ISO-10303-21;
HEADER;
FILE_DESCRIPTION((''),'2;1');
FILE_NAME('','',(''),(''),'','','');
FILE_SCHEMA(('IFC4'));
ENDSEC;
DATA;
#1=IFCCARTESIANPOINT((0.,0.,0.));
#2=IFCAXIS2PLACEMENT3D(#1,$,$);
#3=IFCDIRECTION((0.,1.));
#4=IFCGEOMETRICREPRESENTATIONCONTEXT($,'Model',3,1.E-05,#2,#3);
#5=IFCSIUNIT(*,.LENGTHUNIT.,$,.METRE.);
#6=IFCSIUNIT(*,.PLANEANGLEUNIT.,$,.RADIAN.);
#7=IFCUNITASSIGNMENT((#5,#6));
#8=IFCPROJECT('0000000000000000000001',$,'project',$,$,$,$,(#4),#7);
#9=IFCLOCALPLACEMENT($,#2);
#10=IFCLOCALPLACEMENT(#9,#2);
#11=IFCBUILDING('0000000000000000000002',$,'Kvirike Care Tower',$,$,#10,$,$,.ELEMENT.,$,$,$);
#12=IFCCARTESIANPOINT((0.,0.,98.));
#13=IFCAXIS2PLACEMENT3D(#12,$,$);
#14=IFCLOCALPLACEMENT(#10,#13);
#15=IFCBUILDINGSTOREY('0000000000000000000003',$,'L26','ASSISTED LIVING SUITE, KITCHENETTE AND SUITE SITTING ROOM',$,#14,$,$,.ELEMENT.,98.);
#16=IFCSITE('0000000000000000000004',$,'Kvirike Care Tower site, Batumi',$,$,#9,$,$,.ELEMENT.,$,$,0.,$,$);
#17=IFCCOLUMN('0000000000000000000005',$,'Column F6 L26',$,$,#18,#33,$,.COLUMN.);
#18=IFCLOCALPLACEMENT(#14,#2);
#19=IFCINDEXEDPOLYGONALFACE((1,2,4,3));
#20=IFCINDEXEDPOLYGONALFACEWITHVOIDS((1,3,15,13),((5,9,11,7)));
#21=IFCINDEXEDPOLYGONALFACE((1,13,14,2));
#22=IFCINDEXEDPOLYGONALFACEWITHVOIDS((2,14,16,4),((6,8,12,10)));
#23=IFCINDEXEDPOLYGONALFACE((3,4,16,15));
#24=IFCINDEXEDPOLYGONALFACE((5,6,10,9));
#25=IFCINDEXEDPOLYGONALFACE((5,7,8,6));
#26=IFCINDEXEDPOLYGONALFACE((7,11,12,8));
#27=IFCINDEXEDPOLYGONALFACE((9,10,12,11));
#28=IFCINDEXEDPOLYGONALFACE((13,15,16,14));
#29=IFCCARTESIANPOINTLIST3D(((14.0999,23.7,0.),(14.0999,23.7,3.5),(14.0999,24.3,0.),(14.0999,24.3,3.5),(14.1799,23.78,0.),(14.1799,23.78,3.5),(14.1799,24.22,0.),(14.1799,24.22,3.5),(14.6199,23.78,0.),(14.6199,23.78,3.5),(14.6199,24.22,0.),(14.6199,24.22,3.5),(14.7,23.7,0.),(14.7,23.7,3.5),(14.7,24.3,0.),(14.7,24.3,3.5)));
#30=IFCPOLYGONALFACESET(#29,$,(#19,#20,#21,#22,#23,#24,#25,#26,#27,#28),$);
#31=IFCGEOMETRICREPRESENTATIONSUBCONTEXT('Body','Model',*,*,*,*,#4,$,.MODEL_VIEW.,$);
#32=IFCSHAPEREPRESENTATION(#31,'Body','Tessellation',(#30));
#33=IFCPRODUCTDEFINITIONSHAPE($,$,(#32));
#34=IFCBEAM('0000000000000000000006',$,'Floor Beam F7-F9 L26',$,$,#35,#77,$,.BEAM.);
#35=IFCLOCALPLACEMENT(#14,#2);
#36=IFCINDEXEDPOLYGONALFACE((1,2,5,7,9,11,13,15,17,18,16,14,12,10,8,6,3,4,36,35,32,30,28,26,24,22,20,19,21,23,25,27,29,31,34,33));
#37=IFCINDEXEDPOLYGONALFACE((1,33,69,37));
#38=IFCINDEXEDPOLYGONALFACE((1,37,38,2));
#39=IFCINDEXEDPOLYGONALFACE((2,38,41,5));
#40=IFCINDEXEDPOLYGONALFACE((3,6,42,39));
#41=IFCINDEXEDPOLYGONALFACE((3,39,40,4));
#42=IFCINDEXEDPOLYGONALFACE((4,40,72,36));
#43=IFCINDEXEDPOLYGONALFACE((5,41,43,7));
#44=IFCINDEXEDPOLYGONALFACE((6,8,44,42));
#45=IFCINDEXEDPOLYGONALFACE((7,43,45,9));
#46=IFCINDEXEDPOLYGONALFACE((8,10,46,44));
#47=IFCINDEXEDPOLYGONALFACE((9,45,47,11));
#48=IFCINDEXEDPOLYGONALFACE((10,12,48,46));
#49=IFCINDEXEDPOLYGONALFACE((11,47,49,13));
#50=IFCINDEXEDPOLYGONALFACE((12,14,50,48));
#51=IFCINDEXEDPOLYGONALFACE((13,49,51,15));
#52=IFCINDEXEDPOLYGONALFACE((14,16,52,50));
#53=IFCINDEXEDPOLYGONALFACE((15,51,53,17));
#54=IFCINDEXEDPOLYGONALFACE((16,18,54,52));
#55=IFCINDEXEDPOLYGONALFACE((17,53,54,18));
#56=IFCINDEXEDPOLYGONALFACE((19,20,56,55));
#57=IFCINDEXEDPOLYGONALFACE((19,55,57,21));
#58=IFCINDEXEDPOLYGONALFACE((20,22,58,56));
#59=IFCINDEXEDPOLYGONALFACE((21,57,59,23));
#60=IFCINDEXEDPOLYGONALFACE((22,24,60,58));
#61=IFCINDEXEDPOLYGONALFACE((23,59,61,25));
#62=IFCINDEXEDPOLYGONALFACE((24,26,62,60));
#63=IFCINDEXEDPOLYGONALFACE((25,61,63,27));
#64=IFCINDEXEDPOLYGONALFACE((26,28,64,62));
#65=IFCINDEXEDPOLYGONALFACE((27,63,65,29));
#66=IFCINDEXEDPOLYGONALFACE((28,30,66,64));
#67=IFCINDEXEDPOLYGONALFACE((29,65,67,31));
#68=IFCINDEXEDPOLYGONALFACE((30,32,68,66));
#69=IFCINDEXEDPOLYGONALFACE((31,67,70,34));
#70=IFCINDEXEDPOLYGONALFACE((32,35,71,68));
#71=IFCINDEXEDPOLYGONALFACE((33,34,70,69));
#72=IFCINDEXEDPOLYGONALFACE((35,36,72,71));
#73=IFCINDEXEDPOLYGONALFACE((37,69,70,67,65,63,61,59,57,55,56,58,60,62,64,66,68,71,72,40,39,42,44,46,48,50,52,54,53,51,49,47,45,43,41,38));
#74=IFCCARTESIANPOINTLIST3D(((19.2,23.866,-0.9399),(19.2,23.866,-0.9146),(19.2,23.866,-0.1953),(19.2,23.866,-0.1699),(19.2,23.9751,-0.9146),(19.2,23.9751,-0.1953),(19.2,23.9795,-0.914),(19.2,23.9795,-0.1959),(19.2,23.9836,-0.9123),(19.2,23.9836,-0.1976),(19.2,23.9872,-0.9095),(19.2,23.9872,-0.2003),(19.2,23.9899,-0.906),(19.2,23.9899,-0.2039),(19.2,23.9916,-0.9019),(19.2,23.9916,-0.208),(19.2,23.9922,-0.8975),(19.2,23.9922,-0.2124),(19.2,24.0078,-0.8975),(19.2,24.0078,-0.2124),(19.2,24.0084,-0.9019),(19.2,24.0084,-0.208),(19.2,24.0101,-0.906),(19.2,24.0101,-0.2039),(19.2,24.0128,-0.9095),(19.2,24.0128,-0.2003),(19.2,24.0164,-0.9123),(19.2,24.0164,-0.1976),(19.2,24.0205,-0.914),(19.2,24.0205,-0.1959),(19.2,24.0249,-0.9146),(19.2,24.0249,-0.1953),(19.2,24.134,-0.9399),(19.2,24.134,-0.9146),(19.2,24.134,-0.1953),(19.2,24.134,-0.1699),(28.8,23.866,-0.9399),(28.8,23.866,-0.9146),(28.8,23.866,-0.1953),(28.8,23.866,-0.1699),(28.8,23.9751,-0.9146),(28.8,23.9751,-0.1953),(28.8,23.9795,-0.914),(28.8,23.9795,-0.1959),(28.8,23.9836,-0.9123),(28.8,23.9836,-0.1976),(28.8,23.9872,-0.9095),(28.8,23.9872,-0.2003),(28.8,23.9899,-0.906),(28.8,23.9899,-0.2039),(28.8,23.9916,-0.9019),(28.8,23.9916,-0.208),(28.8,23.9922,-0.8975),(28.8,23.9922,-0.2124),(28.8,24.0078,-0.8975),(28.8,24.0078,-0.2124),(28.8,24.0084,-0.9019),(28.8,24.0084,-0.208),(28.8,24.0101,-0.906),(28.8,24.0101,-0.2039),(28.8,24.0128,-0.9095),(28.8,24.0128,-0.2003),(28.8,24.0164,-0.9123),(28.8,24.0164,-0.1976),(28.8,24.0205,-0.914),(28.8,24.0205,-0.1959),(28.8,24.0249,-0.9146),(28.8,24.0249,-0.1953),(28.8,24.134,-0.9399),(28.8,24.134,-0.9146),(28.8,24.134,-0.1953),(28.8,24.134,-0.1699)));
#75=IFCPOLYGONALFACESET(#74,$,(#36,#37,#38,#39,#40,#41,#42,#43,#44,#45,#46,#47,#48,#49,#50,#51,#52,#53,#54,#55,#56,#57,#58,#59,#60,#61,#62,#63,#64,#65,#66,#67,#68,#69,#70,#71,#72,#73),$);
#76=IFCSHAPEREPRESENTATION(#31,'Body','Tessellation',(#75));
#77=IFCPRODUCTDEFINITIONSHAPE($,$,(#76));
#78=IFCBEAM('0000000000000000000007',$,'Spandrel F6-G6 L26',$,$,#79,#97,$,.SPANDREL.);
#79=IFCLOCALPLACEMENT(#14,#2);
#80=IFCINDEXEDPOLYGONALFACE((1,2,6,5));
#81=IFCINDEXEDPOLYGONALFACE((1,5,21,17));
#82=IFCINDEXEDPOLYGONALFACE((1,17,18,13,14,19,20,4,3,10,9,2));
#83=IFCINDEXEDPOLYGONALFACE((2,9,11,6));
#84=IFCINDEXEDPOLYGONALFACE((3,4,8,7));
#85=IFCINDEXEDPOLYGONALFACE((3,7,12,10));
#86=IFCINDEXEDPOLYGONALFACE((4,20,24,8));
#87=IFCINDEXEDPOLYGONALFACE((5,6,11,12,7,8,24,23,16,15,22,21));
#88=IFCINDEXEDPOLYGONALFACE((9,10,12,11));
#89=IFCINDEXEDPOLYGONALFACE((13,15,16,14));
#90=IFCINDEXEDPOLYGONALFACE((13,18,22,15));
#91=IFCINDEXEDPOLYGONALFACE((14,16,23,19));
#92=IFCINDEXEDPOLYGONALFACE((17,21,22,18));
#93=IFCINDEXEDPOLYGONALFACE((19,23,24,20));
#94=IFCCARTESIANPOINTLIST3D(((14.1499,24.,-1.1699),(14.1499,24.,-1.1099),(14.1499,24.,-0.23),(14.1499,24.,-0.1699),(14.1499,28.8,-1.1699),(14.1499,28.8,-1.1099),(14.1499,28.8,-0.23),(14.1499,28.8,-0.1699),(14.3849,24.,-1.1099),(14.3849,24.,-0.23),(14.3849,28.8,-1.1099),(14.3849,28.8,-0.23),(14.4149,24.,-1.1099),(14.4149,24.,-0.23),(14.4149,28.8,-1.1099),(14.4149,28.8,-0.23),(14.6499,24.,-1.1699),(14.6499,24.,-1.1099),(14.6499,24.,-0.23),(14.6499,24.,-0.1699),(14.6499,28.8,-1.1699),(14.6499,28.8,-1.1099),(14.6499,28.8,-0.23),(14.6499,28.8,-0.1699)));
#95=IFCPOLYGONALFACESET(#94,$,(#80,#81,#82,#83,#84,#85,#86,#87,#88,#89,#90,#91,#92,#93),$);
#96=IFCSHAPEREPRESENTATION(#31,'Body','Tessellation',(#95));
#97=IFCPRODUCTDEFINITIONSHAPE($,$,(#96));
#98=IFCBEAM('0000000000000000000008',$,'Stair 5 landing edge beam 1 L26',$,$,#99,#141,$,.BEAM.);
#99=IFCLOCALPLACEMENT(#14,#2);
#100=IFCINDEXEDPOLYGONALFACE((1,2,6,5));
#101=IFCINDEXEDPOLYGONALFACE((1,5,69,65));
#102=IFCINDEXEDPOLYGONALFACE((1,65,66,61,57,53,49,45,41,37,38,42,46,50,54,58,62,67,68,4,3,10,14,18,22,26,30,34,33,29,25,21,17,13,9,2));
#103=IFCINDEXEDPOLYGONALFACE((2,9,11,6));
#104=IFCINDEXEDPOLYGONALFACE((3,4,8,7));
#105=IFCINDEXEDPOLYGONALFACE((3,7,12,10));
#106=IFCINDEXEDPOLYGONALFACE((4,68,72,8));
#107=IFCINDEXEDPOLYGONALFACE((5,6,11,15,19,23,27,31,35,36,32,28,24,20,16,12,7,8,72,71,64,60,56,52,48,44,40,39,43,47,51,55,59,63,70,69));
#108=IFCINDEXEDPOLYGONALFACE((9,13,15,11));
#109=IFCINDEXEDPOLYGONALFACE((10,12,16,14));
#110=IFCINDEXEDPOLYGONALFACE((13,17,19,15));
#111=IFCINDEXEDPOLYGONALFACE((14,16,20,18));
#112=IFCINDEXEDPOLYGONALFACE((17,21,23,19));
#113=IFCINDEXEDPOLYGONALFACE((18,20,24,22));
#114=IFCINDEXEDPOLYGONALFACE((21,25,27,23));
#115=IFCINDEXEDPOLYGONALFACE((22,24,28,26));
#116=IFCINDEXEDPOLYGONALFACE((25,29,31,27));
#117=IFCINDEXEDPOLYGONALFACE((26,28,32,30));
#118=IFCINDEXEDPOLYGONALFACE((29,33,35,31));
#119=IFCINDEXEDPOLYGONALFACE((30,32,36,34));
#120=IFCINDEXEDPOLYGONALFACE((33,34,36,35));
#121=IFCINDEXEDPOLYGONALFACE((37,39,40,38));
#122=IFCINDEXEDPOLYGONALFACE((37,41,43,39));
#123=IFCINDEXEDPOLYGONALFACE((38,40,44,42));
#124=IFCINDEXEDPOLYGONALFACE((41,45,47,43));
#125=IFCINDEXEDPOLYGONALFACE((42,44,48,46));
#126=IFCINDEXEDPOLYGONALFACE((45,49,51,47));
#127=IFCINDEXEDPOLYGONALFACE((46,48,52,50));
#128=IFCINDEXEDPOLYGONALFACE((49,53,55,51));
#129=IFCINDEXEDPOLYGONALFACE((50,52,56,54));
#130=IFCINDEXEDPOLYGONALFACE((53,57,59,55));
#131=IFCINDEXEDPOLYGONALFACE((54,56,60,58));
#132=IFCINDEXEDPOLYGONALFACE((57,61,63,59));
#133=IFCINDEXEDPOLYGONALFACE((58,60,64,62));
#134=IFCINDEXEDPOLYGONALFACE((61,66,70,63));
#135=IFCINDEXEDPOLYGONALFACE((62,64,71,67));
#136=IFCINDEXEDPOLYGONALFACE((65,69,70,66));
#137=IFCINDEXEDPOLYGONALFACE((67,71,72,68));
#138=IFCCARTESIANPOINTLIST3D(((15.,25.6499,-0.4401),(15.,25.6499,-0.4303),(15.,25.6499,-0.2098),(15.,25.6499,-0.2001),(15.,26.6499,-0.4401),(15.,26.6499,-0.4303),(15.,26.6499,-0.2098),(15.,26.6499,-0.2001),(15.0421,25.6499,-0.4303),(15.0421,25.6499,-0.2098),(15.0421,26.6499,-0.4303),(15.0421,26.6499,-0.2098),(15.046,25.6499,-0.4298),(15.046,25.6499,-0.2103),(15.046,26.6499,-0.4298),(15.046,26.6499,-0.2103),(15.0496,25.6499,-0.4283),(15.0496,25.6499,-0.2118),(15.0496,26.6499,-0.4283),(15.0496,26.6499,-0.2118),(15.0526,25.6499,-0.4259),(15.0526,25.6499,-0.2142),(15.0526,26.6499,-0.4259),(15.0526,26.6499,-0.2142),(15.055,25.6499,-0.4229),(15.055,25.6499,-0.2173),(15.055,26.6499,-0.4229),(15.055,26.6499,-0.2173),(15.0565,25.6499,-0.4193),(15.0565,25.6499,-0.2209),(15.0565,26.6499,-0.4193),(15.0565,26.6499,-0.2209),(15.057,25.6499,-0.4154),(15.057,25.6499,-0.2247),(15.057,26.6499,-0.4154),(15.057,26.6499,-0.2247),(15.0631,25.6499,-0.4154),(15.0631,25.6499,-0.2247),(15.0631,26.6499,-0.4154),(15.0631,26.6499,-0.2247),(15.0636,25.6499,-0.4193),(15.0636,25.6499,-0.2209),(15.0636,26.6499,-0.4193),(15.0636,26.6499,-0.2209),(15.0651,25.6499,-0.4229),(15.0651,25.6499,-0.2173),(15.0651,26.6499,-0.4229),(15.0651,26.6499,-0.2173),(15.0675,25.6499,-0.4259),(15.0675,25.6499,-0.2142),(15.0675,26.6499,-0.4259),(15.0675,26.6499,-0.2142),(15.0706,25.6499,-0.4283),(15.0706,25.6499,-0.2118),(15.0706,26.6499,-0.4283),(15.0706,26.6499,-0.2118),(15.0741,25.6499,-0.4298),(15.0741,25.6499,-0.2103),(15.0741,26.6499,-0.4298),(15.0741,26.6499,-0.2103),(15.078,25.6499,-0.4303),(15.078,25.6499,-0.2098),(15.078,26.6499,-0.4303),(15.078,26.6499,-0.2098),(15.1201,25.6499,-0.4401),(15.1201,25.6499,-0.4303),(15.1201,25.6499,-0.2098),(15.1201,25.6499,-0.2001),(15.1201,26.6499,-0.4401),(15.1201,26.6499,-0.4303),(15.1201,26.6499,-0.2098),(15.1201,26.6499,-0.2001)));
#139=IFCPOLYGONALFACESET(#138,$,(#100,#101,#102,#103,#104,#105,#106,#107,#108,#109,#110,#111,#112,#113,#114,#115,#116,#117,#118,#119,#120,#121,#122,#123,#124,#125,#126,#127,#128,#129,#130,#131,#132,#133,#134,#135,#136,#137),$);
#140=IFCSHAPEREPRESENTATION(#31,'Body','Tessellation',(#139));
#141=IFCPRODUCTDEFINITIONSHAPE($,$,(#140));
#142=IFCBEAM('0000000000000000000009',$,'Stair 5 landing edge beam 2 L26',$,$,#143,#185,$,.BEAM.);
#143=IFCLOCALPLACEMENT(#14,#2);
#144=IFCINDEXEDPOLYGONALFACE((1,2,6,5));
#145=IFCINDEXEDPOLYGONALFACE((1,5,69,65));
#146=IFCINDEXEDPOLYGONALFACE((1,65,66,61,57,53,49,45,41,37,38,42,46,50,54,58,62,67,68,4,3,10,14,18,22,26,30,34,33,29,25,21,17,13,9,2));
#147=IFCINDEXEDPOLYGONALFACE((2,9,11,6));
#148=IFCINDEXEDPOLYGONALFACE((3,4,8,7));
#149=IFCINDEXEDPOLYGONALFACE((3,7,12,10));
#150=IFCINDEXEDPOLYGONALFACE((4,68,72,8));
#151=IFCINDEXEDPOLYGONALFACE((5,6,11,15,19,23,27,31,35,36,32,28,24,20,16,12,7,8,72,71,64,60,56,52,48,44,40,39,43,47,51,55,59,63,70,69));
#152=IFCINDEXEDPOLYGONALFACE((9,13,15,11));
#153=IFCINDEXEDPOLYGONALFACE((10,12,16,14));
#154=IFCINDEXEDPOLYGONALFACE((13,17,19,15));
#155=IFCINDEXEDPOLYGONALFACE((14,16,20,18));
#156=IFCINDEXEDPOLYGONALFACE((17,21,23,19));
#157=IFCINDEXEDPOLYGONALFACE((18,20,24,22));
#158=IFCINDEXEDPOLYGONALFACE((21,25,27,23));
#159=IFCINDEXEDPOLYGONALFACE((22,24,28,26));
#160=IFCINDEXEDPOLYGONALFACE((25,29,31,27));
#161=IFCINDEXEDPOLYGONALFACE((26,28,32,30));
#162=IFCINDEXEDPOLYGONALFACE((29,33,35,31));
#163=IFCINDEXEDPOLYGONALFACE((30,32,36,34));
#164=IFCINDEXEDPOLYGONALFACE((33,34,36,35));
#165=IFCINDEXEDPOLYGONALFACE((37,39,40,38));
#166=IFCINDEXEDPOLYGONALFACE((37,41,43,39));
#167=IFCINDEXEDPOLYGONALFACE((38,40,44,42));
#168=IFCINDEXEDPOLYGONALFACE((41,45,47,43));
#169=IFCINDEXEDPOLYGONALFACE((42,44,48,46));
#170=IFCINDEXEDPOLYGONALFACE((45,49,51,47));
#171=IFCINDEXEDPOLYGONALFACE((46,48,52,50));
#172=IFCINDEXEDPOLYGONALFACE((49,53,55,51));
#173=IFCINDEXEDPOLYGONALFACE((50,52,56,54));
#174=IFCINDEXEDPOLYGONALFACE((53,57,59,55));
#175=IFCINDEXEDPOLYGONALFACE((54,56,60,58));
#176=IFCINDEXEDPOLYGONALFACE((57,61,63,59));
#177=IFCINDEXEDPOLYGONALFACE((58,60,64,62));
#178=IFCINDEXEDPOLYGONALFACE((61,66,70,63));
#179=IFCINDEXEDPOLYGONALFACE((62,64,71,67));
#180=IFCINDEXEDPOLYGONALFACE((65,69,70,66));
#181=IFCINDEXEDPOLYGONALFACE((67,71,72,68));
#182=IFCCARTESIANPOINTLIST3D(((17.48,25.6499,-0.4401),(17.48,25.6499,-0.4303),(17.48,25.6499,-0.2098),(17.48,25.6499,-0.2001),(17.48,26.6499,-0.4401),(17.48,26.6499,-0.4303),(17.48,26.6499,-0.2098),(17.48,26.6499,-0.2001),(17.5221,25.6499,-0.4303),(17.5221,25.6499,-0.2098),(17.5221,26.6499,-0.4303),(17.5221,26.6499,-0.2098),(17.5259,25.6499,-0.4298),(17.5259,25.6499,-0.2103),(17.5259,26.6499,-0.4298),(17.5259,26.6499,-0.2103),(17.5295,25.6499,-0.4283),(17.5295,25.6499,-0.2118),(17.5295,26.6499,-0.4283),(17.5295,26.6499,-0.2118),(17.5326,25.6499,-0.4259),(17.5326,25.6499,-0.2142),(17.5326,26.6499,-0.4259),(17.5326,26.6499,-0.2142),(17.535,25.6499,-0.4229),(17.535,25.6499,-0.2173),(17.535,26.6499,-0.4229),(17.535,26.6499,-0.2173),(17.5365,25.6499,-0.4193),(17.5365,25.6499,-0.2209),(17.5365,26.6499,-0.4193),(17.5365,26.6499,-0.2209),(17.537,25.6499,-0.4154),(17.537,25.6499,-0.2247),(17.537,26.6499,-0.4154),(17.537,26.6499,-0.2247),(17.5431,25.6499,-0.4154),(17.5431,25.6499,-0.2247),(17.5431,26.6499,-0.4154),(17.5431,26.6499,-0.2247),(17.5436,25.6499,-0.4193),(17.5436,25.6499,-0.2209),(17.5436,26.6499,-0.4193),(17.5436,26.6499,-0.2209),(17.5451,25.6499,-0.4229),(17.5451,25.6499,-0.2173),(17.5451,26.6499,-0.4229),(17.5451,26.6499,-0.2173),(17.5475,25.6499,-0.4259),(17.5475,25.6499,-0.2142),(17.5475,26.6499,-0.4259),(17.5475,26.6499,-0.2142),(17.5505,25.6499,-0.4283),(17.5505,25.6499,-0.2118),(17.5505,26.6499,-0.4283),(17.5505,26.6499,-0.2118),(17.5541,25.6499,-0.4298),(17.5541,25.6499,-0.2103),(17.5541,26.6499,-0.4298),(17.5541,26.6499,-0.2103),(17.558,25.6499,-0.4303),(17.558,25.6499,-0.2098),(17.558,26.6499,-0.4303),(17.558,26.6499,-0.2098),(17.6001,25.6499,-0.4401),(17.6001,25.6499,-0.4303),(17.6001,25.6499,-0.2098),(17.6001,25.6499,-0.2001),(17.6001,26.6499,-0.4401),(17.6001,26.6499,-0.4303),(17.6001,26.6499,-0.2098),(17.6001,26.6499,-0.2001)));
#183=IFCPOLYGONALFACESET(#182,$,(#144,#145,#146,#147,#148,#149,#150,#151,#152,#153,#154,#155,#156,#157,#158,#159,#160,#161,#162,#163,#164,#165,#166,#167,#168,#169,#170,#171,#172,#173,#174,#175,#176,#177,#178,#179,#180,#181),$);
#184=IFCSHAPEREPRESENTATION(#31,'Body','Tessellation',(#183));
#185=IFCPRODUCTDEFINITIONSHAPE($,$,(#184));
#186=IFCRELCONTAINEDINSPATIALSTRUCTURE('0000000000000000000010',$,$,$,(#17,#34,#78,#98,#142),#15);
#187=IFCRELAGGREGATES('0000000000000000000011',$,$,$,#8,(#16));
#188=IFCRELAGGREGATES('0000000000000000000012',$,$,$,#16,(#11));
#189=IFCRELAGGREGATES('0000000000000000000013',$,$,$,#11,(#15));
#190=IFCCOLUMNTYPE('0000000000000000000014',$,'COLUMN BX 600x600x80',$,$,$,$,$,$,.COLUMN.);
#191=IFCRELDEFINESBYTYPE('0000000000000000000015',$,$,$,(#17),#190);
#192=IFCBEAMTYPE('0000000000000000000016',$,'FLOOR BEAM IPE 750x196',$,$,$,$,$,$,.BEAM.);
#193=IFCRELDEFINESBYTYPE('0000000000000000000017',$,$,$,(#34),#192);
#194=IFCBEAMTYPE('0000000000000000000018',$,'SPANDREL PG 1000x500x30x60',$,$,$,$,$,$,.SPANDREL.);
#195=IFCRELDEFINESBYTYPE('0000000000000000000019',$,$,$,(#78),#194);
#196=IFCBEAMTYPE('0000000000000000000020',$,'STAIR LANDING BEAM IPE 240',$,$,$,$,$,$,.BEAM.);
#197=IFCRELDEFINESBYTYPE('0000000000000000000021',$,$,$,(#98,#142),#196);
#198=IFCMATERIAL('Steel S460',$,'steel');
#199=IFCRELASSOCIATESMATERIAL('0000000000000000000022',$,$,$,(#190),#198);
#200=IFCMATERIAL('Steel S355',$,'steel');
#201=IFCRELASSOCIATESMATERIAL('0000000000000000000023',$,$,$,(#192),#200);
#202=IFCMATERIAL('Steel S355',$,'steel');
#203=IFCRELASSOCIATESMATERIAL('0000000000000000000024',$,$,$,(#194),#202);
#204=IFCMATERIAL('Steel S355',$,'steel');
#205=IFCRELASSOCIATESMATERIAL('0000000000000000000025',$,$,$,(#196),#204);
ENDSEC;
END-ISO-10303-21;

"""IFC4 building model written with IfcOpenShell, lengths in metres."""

from ifc_helpers import new_model, si_unit, direction, frame, origin, origin_2d, place, context, subcontext, project, spatial, hollow_rectangle, i_section, extrude, material, material_profile, profile_set, type_object, element, save


model = new_model("IFC4")

# Units and contexts
model_context = context("Model", 3, precision=1e-05, world=origin(), true_north=direction((0.0, 1.0)))
body_context = subcontext(model_context, "Body", "Model", "MODEL_VIEW")
ifc_project = project(units=[si_unit("LENGTHUNIT", "METRE"), si_unit("PLANEANGLEUNIT", "RADIAN")], contexts=[model_context])

# Site, building, storey
site_placement = place(None, origin())
site = spatial("IfcSite", under=ifc_project, at=site_placement, Name="Kvirike Care Tower site, Batumi", CompositionType="ELEMENT", RefElevation=0.0)
building_placement = place(site_placement, origin())
building = spatial("IfcBuilding", under=site, at=building_placement, Name="Kvirike Care Tower", CompositionType="ELEMENT")
storey_placement = place(building_placement, frame((0.0, 0.0, 98.0)))
storey = spatial("IfcBuildingStorey", under=building, at=storey_placement, Name="L26", Description="ASSISTED LIVING SUITE, KITCHENETTE AND SUITE SITTING ROOM", CompositionType="ELEMENT", Elevation=98.0)

# Column
ifc_material_1 = material(Name="Steel S460", Category="steel")
ifc_material_profile_1 = material_profile(ifc_material_1, hollow_rectangle(XDim=0.6001, YDim=0.6001, WallThickness=0.0801, at=origin_2d()), Name="BX 600x600x80")
ifc_profile_set_1 = profile_set([ifc_material_profile_1], Name="Steel S460")
column_type = type_object("IfcColumnType", Name="COLUMN BX 600x600x80", PredefinedType="COLUMN", material=ifc_profile_set_1)
column_placement = place(storey_placement, frame((14.3999, 24.0, 0.0), z_axis=(0.0, 0.0, 1.0), x_axis=(1.0, 0.0, 0.0)))
element("IfcColumn", 1, at=column_placement, inside=storey, type_object=column_type, Name="Column F6 L26", PredefinedType="COLUMN", context=body_context, shape_type="SweptSolid", body=[
    extrude(hollow_rectangle(XDim=0.6001, YDim=0.6001, WallThickness=0.0801, at=origin_2d()), origin(), (0.0, 0.0, 1.0), 3.5),
])

# Beams
ifc_material_2 = material(Name="Steel S355", Category="steel")
ifc_material_profile_2 = material_profile(ifc_material_2, i_section(OverallWidth=0.2681, OverallDepth=0.77, WebThickness=0.0156, FlangeThickness=0.0254, FilletRadius=0.0171, at=origin_2d()), Name="IPE 750x196")
ifc_profile_set_2 = profile_set([ifc_material_profile_2], Name="Steel S355")
beam_type_1 = type_object("IfcBeamType", Name="FLOOR BEAM IPE 750x196", PredefinedType="BEAM", material=ifc_profile_set_2)
beam_1_placement = place(storey_placement, frame((19.2, 24.0, -0.5549), z_axis=(1.0, 0.0, 0.0), x_axis=(0.0, 1.0, 0.0)))
element("IfcBeam", 2, at=beam_1_placement, inside=storey, type_object=beam_type_1, Name="Floor Beam F7-F9 L26", PredefinedType="BEAM", context=body_context, shape_type="SweptSolid", body=[
    extrude(i_section(OverallWidth=0.2681, OverallDepth=0.77, WebThickness=0.0156, FlangeThickness=0.0254, FilletRadius=0.0171, at=origin_2d()), origin(), (0.0, 0.0, 1.0), 9.6001),
])
ifc_material_3 = material(Name="Steel S355", Category="steel")
ifc_material_profile_3 = material_profile(ifc_material_3, i_section(OverallWidth=0.5, OverallDepth=1.0, WebThickness=0.03, FlangeThickness=0.0601, at=origin_2d()), Name="PG 1000x500x30x60")
ifc_profile_set_3 = profile_set([ifc_material_profile_3], Name="Steel S355")
beam_type_2 = type_object("IfcBeamType", Name="SPANDREL PG 1000x500x30x60", PredefinedType="SPANDREL", material=ifc_profile_set_3)
beam_2_placement = place(storey_placement, frame((14.3999, 24.0, -0.6699), z_axis=(0.0, 1.0, 0.0), x_axis=(-1.0, 0.0, 0.0)))
element("IfcBeam", 3, at=beam_2_placement, inside=storey, type_object=beam_type_2, Name="Spandrel F6-G6 L26", PredefinedType="SPANDREL", context=body_context, shape_type="SweptSolid", body=[
    extrude(i_section(OverallWidth=0.5, OverallDepth=1.0, WebThickness=0.03, FlangeThickness=0.0601, at=origin_2d()), origin(), (0.0, 0.0, 1.0), 4.8),
])
ifc_material_4 = material(Name="Steel S355", Category="steel")
ifc_material_profile_4 = material_profile(ifc_material_4, i_section(OverallWidth=0.1201, OverallDepth=0.24, WebThickness=0.0061, FlangeThickness=0.0098, FilletRadius=0.0149, at=origin_2d()), Name="IPE 240")
ifc_profile_set_4 = profile_set([ifc_material_profile_4], Name="Steel S355")
beam_type_3 = type_object("IfcBeamType", Name="STAIR LANDING BEAM IPE 240", PredefinedType="BEAM", material=ifc_profile_set_4)
for number, where, z_axis, x_axis, name in (
    (4, (15.0601, 25.6499, -0.3201), (0.0, 1.0, 0.0), (-1.0, 0.0, 0.0), "Stair 5 landing edge beam 1 L26"),
    (5, (17.54, 25.6499, -0.3201), (0.0, 1.0, 0.0), (-1.0, 0.0, 0.0), "Stair 5 landing edge beam 2 L26"),
):
    element("IfcBeam", number, at=place(storey_placement, frame(where, z_axis=z_axis, x_axis=x_axis)), inside=storey, type_object=beam_type_3, Name=name, PredefinedType="BEAM", context=body_context, shape_type="SweptSolid", body=[
        extrude(i_section(OverallWidth=0.1201, OverallDepth=0.24, WebThickness=0.0061, FlangeThickness=0.0098, FilletRadius=0.0149, at=origin_2d()), origin(), (0.0, 0.0, 1.0), 1.0),
    ])

save(model, "model.ifc")
